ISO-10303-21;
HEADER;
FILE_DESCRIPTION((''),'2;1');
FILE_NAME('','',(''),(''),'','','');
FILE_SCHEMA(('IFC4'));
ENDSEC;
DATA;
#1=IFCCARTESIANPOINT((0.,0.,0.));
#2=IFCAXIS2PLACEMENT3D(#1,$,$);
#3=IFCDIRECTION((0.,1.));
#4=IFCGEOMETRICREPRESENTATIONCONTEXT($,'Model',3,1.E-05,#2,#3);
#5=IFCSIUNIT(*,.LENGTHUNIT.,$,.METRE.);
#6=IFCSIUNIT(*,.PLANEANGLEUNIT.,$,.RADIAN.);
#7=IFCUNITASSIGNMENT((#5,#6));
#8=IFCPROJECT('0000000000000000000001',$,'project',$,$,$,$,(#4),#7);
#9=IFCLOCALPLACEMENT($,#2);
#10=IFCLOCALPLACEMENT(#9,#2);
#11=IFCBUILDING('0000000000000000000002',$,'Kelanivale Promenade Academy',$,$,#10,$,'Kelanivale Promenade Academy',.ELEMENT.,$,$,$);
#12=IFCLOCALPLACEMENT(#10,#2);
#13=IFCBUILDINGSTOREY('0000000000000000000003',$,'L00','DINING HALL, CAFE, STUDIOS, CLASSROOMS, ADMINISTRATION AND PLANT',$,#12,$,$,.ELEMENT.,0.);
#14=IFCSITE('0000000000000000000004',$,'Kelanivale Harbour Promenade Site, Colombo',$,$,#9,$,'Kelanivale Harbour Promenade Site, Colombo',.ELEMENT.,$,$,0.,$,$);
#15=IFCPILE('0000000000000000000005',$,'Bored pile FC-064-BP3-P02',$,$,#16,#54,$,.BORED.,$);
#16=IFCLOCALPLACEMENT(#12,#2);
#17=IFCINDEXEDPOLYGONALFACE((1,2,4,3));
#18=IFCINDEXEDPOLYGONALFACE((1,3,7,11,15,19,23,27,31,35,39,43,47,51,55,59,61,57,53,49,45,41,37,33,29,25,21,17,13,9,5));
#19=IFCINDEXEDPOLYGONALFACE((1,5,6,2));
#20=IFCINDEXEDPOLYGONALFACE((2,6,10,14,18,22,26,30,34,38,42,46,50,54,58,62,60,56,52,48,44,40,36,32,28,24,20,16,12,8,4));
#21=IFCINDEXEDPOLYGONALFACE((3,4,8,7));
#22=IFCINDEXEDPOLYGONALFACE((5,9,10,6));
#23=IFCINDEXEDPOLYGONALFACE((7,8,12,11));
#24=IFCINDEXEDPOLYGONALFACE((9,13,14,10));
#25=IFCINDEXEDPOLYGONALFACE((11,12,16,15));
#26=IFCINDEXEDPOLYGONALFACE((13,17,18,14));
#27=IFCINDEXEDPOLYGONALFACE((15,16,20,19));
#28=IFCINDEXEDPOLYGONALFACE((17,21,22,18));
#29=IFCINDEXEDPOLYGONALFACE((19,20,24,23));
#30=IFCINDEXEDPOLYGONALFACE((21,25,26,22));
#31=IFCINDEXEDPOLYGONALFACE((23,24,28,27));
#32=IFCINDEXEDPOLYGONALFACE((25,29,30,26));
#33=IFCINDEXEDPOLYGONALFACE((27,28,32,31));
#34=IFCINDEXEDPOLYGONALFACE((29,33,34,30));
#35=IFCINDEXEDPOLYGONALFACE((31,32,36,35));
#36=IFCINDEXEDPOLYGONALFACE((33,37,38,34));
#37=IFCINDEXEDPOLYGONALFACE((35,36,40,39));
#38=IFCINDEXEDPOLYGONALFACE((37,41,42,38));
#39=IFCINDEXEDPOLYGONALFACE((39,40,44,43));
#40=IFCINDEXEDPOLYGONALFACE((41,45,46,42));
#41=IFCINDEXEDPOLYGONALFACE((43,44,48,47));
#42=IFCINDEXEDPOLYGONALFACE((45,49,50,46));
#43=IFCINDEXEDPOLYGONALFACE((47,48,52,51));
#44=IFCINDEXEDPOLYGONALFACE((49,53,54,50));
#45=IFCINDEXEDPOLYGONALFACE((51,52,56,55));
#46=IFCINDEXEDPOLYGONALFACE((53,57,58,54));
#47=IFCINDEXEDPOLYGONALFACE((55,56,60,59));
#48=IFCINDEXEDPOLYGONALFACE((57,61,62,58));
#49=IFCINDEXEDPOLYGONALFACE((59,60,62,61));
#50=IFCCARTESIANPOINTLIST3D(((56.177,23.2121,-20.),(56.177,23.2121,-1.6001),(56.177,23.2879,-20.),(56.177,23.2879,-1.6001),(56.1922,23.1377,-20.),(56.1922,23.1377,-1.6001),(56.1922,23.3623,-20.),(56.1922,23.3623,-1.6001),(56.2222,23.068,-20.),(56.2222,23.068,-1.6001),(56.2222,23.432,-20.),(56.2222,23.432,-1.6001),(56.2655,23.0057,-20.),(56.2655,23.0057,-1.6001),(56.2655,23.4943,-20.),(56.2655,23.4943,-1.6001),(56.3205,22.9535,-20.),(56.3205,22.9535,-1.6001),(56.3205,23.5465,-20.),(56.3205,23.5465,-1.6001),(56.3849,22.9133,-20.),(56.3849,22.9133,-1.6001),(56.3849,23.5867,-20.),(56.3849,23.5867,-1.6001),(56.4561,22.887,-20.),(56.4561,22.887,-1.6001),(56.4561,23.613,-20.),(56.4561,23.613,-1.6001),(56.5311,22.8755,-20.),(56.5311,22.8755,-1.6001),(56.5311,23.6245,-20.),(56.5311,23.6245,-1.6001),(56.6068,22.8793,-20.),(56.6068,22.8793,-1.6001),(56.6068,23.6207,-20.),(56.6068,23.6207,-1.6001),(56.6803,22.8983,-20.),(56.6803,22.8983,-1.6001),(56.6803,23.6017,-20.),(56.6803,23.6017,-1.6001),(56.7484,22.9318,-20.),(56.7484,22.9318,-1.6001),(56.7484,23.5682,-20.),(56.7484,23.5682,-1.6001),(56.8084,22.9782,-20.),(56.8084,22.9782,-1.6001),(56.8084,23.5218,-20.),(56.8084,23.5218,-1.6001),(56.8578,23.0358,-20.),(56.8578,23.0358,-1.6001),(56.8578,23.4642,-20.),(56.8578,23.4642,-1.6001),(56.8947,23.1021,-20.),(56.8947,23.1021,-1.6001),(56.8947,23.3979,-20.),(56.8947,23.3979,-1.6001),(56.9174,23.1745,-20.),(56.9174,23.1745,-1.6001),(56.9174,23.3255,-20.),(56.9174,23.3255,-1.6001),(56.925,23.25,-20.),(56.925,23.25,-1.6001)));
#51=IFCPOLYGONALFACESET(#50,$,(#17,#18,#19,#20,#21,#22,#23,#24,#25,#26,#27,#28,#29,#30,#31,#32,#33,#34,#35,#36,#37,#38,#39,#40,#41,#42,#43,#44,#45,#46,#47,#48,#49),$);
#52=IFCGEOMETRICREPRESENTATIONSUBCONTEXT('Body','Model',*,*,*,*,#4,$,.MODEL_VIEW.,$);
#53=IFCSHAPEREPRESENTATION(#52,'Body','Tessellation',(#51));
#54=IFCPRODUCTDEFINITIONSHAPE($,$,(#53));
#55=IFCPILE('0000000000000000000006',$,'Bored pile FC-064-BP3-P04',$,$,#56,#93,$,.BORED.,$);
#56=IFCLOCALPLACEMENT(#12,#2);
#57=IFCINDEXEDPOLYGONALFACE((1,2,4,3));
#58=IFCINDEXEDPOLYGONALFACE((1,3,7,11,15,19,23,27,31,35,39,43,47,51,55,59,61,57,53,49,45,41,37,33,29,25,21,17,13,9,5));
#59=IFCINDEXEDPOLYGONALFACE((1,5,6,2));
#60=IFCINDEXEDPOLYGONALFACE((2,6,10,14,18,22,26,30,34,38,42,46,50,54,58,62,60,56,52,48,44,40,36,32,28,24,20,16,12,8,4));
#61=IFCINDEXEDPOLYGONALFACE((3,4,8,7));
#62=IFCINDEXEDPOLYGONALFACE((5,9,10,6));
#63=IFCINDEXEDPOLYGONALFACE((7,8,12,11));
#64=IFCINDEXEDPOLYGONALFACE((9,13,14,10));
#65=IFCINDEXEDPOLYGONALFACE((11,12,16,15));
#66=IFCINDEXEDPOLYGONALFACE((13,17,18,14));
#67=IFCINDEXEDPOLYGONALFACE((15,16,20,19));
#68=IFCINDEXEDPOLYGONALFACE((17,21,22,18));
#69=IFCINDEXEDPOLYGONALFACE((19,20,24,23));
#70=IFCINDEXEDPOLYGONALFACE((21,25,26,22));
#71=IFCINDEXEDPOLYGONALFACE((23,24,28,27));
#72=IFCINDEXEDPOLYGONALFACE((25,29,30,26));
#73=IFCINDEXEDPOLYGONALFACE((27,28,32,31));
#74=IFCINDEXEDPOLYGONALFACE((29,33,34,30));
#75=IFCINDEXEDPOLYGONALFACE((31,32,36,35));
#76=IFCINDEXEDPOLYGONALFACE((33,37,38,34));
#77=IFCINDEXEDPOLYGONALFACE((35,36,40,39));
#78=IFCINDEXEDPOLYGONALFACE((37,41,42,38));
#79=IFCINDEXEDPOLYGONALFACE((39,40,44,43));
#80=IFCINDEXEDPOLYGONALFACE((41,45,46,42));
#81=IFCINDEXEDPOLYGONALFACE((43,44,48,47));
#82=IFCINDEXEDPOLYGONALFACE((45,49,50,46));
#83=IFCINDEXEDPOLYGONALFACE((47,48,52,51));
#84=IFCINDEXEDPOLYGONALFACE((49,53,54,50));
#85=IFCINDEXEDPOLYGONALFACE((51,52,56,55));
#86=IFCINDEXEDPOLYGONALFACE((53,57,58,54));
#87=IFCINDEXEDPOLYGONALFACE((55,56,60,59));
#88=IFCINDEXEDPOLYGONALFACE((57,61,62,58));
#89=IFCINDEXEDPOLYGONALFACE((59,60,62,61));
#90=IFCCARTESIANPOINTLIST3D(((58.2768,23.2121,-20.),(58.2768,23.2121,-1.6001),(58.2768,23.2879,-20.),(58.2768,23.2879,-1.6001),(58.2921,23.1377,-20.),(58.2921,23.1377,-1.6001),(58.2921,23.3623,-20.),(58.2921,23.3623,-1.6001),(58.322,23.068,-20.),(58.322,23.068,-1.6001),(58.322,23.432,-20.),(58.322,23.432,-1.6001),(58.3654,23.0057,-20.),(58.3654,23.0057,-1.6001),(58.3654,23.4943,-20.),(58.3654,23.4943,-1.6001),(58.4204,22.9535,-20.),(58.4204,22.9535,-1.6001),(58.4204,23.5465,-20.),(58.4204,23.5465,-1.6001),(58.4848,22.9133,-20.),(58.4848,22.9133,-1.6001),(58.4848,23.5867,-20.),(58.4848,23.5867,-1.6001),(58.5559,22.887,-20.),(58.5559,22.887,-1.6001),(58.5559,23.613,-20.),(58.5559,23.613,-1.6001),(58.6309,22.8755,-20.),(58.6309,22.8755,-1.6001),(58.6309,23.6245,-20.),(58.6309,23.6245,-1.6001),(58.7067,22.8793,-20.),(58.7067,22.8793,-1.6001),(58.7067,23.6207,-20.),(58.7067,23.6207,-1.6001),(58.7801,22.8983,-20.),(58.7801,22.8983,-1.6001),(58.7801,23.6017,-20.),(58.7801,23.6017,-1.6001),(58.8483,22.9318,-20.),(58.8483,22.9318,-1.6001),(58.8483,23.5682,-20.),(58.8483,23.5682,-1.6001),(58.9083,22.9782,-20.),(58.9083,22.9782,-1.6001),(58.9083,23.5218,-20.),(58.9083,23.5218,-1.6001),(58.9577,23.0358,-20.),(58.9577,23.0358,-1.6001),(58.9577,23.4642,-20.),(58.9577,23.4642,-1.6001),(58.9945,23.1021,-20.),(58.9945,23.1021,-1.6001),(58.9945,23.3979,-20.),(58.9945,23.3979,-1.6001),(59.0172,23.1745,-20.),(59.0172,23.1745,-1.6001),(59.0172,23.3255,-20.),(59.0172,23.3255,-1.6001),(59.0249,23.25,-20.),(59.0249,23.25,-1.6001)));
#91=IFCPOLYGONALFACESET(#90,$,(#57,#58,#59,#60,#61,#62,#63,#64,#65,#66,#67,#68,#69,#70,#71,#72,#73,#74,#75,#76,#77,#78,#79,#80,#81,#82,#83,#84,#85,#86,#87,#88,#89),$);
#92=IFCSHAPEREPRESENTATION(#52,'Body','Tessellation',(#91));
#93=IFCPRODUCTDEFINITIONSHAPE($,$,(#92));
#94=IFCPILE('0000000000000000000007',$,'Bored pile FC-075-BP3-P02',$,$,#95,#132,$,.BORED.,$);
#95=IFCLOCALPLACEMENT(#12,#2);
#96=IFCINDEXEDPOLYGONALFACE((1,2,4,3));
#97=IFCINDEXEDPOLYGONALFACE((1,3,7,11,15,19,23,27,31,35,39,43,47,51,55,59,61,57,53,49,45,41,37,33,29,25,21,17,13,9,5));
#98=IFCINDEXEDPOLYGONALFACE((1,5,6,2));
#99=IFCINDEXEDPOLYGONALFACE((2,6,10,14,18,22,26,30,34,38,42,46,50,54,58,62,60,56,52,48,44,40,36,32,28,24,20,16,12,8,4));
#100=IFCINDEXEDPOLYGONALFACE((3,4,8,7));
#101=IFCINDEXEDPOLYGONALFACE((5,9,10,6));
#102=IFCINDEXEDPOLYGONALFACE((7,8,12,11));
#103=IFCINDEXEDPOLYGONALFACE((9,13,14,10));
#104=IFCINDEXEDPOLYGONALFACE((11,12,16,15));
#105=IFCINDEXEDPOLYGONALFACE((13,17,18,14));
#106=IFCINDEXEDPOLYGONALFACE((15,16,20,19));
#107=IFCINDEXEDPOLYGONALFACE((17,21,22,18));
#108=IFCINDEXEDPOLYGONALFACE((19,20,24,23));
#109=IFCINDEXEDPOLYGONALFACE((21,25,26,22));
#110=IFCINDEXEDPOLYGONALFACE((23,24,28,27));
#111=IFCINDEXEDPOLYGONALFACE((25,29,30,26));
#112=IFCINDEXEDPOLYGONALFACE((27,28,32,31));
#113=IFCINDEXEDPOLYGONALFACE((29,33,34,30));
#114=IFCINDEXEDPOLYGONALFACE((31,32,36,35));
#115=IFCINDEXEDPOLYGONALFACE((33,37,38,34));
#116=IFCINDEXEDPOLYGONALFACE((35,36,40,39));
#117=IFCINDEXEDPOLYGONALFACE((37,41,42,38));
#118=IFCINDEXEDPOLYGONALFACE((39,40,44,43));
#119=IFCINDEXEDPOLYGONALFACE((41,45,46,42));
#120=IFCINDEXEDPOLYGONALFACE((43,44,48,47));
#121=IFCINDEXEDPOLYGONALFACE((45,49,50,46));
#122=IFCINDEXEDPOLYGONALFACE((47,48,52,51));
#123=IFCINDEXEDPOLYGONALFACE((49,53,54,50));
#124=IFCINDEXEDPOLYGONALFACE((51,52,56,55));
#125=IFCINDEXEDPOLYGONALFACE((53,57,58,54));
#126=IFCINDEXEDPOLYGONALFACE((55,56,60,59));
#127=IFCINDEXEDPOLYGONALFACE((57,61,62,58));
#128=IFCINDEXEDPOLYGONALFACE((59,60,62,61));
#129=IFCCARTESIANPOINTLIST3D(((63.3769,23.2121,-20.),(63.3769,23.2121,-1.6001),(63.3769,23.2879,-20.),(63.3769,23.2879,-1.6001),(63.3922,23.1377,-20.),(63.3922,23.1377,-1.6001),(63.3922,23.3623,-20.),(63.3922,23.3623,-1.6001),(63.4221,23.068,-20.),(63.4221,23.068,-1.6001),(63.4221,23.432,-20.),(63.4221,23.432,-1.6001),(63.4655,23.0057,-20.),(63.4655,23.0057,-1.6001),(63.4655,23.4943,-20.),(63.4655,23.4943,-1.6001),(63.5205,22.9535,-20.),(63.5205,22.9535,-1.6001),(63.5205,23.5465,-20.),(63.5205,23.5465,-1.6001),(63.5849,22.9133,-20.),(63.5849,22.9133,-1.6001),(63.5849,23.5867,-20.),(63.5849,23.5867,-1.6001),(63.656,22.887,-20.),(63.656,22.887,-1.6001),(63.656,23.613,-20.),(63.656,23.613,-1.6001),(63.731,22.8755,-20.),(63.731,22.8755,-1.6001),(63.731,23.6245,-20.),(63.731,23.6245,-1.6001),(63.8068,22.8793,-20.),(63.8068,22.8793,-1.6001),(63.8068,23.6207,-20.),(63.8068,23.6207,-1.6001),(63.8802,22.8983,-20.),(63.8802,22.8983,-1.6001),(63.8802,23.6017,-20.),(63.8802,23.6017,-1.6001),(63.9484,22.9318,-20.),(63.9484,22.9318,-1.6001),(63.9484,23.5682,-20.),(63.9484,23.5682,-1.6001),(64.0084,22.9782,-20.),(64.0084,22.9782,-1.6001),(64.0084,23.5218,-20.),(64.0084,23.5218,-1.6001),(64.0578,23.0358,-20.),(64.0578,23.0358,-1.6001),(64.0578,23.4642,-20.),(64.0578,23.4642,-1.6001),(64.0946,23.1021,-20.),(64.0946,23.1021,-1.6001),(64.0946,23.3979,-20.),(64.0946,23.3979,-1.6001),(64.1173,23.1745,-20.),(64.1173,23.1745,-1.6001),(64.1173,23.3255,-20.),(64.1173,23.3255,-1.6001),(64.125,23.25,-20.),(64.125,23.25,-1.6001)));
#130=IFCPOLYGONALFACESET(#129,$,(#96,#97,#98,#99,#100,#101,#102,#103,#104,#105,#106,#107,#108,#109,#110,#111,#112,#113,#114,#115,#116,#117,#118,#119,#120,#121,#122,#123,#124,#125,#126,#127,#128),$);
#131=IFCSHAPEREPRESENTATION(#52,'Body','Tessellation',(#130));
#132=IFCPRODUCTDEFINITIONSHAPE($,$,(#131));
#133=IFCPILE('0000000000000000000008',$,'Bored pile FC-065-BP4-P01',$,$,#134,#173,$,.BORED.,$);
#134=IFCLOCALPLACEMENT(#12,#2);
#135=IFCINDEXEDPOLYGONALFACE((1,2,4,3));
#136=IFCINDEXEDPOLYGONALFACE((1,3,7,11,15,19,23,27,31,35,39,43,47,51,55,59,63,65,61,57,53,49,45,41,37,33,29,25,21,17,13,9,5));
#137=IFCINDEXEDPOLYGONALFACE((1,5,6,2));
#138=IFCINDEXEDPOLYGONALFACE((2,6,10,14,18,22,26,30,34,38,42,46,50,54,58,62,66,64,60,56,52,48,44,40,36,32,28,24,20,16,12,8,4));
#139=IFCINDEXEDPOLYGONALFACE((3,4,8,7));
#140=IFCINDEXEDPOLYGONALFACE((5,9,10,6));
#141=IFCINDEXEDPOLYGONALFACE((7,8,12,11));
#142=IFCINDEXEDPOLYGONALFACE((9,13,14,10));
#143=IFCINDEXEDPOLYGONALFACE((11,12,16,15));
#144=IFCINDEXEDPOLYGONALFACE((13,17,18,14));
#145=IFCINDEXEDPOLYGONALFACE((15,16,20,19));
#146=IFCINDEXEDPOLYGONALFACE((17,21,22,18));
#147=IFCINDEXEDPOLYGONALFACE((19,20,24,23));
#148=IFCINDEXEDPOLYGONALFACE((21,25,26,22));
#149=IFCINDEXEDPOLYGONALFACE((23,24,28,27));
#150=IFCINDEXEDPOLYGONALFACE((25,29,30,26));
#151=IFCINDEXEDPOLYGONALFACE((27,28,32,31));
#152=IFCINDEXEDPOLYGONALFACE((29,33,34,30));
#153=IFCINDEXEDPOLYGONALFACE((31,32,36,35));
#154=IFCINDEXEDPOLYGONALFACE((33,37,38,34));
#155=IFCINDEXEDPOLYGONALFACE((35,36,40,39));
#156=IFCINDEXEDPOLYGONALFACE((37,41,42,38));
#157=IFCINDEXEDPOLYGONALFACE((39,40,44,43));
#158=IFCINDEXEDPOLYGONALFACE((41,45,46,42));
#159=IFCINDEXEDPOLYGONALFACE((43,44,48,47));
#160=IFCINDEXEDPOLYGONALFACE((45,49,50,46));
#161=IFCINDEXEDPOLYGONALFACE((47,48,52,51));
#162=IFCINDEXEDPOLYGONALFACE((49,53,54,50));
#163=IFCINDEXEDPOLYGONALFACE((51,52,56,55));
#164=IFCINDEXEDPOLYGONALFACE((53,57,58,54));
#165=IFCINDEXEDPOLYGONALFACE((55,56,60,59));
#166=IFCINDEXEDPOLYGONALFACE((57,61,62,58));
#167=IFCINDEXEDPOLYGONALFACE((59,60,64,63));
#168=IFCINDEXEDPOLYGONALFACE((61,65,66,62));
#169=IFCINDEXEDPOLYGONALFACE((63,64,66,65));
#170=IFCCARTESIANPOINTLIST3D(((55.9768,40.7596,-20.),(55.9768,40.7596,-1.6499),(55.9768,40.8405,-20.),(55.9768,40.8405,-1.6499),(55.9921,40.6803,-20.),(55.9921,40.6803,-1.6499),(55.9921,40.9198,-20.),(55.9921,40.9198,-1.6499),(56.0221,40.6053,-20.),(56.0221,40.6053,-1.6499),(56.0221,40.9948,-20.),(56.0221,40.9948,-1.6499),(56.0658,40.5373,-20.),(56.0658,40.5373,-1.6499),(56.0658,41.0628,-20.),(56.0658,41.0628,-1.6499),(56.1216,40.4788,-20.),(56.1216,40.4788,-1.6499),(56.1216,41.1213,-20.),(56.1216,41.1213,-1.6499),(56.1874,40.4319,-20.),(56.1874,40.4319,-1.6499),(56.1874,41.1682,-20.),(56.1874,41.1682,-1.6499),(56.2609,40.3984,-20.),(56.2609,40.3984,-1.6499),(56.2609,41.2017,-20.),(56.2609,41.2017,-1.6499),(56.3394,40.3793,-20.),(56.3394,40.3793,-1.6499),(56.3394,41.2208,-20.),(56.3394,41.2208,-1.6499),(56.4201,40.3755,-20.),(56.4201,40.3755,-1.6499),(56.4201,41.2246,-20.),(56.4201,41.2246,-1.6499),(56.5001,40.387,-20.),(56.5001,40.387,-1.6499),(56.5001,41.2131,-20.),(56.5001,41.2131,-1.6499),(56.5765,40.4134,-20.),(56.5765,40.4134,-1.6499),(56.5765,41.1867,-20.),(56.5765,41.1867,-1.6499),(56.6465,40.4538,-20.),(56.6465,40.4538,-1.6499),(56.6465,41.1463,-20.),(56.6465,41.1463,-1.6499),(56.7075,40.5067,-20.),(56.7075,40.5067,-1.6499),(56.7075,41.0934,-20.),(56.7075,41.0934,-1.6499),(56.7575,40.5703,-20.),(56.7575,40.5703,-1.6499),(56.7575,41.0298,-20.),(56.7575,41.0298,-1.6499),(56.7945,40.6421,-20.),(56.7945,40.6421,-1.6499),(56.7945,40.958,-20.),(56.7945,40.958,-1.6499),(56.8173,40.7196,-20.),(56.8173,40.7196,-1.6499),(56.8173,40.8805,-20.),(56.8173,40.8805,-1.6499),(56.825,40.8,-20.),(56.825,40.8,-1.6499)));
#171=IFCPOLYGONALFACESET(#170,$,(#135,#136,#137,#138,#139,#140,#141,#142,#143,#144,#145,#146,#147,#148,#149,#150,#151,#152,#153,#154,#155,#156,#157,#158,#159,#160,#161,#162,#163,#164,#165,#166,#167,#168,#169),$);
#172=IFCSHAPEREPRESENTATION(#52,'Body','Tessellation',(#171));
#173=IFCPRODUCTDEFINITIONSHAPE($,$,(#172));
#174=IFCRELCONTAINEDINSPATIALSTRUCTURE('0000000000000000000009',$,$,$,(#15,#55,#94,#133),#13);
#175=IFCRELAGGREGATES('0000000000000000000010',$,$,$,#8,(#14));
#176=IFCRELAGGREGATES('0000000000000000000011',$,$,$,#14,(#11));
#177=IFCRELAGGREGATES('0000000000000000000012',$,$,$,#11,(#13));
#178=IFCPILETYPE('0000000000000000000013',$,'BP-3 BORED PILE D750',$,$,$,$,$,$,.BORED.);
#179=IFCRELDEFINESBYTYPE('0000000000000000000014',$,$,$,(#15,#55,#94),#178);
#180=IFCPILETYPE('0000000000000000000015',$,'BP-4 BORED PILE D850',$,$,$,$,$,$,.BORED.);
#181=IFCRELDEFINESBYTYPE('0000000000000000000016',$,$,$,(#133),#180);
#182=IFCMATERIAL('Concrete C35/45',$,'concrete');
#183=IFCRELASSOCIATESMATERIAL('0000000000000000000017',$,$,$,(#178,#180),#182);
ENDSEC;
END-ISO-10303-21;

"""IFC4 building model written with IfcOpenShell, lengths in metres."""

from ifc_helpers import new_model, si_unit, direction, frame, origin, origin_2d, place, context, subcontext, project, spatial, circle, extrude, material, material_profile, profile_set, type_object, element, save


model = new_model("IFC4")

# Units and contexts
model_context = context("Model", 3, precision=1e-05, world=origin(), true_north=direction((0.0, 1.0)))
body_context = subcontext(model_context, "Body", "Model", "MODEL_VIEW")
ifc_project = project(units=[si_unit("LENGTHUNIT", "METRE"), si_unit("PLANEANGLEUNIT", "RADIAN")], contexts=[model_context])

# Site, building, storey
site_placement = place(None, origin())
site = spatial("IfcSite", under=ifc_project, at=site_placement, Name="Kelanivale Harbour Promenade Site, Colombo", LongName="Kelanivale Harbour Promenade Site, Colombo", CompositionType="ELEMENT", RefElevation=0.0)
building_placement = place(site_placement, origin())
building = spatial("IfcBuilding", under=site, at=building_placement, Name="Kelanivale Promenade Academy", LongName="Kelanivale Promenade Academy", CompositionType="ELEMENT")
storey_placement = place(building_placement, origin())
storey = spatial("IfcBuildingStorey", under=building, at=storey_placement, Name="L00", Description="DINING HALL, CAFE, STUDIOS, CLASSROOMS, ADMINISTRATION AND PLANT", CompositionType="ELEMENT", Elevation=0.0)

# Piles
ifc_material_1 = material(Name="Concrete C35/45", Category="concrete")
ifc_material_profile_1 = material_profile(ifc_material_1, circle(Radius=0.375, at=origin_2d()), Name="BORED PILE D750")
ifc_profile_set_1 = profile_set([ifc_material_profile_1], Name="Concrete C35/45")
pile_type_1 = type_object("IfcPileType", Name="BP-3 BORED PILE D750", PredefinedType="BORED", material=ifc_profile_set_1)
for number, where, z_axis, x_axis, name in (
    (1, (56.55, 23.25, -1.6001), (0.0, 0.0, -1.0), (1.0, 0.0, 0.0), "Bored pile FC-064-BP3-P02"),
    (2, (58.6499, 23.25, -1.6001), (0.0, 0.0, -1.0), (1.0, 0.0, 0.0), "Bored pile FC-064-BP3-P04"),
    (3, (63.75, 23.25, -1.6001), (0.0, 0.0, -1.0), (1.0, 0.0, 0.0), "Bored pile FC-075-BP3-P02"),
):
    element("IfcPile", number, at=place(storey_placement, frame(where, z_axis=z_axis, x_axis=x_axis)), inside=storey, type_object=pile_type_1, Name=name, PredefinedType="BORED", context=body_context, shape_type="SweptSolid", body=[
        extrude(circle(Radius=0.375, at=origin_2d()), origin(), (0.0, 0.0, 1.0), 18.3999),
    ])
ifc_material_profile_2 = material_profile(ifc_material_1, circle(Radius=0.425, at=origin_2d()), Name="BORED PILE D850")
ifc_profile_set_2 = profile_set([ifc_material_profile_2], Name="Concrete C35/45")
pile_type_2 = type_object("IfcPileType", Name="BP-4 BORED PILE D850", PredefinedType="BORED", material=ifc_profile_set_2)
for number, where, z_axis, x_axis, name in (
    (4, (56.3999, 40.8, -1.6499), (0.0, 0.0, -1.0), (1.0, 0.0, 0.0), "Bored pile FC-065-BP4-P01"),
):
    element("IfcPile", number, at=place(storey_placement, frame(where, z_axis=z_axis, x_axis=x_axis)), inside=storey, type_object=pile_type_2, Name=name, PredefinedType="BORED", context=body_context, shape_type="SweptSolid", body=[
        extrude(circle(Radius=0.425, at=origin_2d()), origin(), (0.0, 0.0, 1.0), 18.3501),
    ])

save(model, "model.ifc")
